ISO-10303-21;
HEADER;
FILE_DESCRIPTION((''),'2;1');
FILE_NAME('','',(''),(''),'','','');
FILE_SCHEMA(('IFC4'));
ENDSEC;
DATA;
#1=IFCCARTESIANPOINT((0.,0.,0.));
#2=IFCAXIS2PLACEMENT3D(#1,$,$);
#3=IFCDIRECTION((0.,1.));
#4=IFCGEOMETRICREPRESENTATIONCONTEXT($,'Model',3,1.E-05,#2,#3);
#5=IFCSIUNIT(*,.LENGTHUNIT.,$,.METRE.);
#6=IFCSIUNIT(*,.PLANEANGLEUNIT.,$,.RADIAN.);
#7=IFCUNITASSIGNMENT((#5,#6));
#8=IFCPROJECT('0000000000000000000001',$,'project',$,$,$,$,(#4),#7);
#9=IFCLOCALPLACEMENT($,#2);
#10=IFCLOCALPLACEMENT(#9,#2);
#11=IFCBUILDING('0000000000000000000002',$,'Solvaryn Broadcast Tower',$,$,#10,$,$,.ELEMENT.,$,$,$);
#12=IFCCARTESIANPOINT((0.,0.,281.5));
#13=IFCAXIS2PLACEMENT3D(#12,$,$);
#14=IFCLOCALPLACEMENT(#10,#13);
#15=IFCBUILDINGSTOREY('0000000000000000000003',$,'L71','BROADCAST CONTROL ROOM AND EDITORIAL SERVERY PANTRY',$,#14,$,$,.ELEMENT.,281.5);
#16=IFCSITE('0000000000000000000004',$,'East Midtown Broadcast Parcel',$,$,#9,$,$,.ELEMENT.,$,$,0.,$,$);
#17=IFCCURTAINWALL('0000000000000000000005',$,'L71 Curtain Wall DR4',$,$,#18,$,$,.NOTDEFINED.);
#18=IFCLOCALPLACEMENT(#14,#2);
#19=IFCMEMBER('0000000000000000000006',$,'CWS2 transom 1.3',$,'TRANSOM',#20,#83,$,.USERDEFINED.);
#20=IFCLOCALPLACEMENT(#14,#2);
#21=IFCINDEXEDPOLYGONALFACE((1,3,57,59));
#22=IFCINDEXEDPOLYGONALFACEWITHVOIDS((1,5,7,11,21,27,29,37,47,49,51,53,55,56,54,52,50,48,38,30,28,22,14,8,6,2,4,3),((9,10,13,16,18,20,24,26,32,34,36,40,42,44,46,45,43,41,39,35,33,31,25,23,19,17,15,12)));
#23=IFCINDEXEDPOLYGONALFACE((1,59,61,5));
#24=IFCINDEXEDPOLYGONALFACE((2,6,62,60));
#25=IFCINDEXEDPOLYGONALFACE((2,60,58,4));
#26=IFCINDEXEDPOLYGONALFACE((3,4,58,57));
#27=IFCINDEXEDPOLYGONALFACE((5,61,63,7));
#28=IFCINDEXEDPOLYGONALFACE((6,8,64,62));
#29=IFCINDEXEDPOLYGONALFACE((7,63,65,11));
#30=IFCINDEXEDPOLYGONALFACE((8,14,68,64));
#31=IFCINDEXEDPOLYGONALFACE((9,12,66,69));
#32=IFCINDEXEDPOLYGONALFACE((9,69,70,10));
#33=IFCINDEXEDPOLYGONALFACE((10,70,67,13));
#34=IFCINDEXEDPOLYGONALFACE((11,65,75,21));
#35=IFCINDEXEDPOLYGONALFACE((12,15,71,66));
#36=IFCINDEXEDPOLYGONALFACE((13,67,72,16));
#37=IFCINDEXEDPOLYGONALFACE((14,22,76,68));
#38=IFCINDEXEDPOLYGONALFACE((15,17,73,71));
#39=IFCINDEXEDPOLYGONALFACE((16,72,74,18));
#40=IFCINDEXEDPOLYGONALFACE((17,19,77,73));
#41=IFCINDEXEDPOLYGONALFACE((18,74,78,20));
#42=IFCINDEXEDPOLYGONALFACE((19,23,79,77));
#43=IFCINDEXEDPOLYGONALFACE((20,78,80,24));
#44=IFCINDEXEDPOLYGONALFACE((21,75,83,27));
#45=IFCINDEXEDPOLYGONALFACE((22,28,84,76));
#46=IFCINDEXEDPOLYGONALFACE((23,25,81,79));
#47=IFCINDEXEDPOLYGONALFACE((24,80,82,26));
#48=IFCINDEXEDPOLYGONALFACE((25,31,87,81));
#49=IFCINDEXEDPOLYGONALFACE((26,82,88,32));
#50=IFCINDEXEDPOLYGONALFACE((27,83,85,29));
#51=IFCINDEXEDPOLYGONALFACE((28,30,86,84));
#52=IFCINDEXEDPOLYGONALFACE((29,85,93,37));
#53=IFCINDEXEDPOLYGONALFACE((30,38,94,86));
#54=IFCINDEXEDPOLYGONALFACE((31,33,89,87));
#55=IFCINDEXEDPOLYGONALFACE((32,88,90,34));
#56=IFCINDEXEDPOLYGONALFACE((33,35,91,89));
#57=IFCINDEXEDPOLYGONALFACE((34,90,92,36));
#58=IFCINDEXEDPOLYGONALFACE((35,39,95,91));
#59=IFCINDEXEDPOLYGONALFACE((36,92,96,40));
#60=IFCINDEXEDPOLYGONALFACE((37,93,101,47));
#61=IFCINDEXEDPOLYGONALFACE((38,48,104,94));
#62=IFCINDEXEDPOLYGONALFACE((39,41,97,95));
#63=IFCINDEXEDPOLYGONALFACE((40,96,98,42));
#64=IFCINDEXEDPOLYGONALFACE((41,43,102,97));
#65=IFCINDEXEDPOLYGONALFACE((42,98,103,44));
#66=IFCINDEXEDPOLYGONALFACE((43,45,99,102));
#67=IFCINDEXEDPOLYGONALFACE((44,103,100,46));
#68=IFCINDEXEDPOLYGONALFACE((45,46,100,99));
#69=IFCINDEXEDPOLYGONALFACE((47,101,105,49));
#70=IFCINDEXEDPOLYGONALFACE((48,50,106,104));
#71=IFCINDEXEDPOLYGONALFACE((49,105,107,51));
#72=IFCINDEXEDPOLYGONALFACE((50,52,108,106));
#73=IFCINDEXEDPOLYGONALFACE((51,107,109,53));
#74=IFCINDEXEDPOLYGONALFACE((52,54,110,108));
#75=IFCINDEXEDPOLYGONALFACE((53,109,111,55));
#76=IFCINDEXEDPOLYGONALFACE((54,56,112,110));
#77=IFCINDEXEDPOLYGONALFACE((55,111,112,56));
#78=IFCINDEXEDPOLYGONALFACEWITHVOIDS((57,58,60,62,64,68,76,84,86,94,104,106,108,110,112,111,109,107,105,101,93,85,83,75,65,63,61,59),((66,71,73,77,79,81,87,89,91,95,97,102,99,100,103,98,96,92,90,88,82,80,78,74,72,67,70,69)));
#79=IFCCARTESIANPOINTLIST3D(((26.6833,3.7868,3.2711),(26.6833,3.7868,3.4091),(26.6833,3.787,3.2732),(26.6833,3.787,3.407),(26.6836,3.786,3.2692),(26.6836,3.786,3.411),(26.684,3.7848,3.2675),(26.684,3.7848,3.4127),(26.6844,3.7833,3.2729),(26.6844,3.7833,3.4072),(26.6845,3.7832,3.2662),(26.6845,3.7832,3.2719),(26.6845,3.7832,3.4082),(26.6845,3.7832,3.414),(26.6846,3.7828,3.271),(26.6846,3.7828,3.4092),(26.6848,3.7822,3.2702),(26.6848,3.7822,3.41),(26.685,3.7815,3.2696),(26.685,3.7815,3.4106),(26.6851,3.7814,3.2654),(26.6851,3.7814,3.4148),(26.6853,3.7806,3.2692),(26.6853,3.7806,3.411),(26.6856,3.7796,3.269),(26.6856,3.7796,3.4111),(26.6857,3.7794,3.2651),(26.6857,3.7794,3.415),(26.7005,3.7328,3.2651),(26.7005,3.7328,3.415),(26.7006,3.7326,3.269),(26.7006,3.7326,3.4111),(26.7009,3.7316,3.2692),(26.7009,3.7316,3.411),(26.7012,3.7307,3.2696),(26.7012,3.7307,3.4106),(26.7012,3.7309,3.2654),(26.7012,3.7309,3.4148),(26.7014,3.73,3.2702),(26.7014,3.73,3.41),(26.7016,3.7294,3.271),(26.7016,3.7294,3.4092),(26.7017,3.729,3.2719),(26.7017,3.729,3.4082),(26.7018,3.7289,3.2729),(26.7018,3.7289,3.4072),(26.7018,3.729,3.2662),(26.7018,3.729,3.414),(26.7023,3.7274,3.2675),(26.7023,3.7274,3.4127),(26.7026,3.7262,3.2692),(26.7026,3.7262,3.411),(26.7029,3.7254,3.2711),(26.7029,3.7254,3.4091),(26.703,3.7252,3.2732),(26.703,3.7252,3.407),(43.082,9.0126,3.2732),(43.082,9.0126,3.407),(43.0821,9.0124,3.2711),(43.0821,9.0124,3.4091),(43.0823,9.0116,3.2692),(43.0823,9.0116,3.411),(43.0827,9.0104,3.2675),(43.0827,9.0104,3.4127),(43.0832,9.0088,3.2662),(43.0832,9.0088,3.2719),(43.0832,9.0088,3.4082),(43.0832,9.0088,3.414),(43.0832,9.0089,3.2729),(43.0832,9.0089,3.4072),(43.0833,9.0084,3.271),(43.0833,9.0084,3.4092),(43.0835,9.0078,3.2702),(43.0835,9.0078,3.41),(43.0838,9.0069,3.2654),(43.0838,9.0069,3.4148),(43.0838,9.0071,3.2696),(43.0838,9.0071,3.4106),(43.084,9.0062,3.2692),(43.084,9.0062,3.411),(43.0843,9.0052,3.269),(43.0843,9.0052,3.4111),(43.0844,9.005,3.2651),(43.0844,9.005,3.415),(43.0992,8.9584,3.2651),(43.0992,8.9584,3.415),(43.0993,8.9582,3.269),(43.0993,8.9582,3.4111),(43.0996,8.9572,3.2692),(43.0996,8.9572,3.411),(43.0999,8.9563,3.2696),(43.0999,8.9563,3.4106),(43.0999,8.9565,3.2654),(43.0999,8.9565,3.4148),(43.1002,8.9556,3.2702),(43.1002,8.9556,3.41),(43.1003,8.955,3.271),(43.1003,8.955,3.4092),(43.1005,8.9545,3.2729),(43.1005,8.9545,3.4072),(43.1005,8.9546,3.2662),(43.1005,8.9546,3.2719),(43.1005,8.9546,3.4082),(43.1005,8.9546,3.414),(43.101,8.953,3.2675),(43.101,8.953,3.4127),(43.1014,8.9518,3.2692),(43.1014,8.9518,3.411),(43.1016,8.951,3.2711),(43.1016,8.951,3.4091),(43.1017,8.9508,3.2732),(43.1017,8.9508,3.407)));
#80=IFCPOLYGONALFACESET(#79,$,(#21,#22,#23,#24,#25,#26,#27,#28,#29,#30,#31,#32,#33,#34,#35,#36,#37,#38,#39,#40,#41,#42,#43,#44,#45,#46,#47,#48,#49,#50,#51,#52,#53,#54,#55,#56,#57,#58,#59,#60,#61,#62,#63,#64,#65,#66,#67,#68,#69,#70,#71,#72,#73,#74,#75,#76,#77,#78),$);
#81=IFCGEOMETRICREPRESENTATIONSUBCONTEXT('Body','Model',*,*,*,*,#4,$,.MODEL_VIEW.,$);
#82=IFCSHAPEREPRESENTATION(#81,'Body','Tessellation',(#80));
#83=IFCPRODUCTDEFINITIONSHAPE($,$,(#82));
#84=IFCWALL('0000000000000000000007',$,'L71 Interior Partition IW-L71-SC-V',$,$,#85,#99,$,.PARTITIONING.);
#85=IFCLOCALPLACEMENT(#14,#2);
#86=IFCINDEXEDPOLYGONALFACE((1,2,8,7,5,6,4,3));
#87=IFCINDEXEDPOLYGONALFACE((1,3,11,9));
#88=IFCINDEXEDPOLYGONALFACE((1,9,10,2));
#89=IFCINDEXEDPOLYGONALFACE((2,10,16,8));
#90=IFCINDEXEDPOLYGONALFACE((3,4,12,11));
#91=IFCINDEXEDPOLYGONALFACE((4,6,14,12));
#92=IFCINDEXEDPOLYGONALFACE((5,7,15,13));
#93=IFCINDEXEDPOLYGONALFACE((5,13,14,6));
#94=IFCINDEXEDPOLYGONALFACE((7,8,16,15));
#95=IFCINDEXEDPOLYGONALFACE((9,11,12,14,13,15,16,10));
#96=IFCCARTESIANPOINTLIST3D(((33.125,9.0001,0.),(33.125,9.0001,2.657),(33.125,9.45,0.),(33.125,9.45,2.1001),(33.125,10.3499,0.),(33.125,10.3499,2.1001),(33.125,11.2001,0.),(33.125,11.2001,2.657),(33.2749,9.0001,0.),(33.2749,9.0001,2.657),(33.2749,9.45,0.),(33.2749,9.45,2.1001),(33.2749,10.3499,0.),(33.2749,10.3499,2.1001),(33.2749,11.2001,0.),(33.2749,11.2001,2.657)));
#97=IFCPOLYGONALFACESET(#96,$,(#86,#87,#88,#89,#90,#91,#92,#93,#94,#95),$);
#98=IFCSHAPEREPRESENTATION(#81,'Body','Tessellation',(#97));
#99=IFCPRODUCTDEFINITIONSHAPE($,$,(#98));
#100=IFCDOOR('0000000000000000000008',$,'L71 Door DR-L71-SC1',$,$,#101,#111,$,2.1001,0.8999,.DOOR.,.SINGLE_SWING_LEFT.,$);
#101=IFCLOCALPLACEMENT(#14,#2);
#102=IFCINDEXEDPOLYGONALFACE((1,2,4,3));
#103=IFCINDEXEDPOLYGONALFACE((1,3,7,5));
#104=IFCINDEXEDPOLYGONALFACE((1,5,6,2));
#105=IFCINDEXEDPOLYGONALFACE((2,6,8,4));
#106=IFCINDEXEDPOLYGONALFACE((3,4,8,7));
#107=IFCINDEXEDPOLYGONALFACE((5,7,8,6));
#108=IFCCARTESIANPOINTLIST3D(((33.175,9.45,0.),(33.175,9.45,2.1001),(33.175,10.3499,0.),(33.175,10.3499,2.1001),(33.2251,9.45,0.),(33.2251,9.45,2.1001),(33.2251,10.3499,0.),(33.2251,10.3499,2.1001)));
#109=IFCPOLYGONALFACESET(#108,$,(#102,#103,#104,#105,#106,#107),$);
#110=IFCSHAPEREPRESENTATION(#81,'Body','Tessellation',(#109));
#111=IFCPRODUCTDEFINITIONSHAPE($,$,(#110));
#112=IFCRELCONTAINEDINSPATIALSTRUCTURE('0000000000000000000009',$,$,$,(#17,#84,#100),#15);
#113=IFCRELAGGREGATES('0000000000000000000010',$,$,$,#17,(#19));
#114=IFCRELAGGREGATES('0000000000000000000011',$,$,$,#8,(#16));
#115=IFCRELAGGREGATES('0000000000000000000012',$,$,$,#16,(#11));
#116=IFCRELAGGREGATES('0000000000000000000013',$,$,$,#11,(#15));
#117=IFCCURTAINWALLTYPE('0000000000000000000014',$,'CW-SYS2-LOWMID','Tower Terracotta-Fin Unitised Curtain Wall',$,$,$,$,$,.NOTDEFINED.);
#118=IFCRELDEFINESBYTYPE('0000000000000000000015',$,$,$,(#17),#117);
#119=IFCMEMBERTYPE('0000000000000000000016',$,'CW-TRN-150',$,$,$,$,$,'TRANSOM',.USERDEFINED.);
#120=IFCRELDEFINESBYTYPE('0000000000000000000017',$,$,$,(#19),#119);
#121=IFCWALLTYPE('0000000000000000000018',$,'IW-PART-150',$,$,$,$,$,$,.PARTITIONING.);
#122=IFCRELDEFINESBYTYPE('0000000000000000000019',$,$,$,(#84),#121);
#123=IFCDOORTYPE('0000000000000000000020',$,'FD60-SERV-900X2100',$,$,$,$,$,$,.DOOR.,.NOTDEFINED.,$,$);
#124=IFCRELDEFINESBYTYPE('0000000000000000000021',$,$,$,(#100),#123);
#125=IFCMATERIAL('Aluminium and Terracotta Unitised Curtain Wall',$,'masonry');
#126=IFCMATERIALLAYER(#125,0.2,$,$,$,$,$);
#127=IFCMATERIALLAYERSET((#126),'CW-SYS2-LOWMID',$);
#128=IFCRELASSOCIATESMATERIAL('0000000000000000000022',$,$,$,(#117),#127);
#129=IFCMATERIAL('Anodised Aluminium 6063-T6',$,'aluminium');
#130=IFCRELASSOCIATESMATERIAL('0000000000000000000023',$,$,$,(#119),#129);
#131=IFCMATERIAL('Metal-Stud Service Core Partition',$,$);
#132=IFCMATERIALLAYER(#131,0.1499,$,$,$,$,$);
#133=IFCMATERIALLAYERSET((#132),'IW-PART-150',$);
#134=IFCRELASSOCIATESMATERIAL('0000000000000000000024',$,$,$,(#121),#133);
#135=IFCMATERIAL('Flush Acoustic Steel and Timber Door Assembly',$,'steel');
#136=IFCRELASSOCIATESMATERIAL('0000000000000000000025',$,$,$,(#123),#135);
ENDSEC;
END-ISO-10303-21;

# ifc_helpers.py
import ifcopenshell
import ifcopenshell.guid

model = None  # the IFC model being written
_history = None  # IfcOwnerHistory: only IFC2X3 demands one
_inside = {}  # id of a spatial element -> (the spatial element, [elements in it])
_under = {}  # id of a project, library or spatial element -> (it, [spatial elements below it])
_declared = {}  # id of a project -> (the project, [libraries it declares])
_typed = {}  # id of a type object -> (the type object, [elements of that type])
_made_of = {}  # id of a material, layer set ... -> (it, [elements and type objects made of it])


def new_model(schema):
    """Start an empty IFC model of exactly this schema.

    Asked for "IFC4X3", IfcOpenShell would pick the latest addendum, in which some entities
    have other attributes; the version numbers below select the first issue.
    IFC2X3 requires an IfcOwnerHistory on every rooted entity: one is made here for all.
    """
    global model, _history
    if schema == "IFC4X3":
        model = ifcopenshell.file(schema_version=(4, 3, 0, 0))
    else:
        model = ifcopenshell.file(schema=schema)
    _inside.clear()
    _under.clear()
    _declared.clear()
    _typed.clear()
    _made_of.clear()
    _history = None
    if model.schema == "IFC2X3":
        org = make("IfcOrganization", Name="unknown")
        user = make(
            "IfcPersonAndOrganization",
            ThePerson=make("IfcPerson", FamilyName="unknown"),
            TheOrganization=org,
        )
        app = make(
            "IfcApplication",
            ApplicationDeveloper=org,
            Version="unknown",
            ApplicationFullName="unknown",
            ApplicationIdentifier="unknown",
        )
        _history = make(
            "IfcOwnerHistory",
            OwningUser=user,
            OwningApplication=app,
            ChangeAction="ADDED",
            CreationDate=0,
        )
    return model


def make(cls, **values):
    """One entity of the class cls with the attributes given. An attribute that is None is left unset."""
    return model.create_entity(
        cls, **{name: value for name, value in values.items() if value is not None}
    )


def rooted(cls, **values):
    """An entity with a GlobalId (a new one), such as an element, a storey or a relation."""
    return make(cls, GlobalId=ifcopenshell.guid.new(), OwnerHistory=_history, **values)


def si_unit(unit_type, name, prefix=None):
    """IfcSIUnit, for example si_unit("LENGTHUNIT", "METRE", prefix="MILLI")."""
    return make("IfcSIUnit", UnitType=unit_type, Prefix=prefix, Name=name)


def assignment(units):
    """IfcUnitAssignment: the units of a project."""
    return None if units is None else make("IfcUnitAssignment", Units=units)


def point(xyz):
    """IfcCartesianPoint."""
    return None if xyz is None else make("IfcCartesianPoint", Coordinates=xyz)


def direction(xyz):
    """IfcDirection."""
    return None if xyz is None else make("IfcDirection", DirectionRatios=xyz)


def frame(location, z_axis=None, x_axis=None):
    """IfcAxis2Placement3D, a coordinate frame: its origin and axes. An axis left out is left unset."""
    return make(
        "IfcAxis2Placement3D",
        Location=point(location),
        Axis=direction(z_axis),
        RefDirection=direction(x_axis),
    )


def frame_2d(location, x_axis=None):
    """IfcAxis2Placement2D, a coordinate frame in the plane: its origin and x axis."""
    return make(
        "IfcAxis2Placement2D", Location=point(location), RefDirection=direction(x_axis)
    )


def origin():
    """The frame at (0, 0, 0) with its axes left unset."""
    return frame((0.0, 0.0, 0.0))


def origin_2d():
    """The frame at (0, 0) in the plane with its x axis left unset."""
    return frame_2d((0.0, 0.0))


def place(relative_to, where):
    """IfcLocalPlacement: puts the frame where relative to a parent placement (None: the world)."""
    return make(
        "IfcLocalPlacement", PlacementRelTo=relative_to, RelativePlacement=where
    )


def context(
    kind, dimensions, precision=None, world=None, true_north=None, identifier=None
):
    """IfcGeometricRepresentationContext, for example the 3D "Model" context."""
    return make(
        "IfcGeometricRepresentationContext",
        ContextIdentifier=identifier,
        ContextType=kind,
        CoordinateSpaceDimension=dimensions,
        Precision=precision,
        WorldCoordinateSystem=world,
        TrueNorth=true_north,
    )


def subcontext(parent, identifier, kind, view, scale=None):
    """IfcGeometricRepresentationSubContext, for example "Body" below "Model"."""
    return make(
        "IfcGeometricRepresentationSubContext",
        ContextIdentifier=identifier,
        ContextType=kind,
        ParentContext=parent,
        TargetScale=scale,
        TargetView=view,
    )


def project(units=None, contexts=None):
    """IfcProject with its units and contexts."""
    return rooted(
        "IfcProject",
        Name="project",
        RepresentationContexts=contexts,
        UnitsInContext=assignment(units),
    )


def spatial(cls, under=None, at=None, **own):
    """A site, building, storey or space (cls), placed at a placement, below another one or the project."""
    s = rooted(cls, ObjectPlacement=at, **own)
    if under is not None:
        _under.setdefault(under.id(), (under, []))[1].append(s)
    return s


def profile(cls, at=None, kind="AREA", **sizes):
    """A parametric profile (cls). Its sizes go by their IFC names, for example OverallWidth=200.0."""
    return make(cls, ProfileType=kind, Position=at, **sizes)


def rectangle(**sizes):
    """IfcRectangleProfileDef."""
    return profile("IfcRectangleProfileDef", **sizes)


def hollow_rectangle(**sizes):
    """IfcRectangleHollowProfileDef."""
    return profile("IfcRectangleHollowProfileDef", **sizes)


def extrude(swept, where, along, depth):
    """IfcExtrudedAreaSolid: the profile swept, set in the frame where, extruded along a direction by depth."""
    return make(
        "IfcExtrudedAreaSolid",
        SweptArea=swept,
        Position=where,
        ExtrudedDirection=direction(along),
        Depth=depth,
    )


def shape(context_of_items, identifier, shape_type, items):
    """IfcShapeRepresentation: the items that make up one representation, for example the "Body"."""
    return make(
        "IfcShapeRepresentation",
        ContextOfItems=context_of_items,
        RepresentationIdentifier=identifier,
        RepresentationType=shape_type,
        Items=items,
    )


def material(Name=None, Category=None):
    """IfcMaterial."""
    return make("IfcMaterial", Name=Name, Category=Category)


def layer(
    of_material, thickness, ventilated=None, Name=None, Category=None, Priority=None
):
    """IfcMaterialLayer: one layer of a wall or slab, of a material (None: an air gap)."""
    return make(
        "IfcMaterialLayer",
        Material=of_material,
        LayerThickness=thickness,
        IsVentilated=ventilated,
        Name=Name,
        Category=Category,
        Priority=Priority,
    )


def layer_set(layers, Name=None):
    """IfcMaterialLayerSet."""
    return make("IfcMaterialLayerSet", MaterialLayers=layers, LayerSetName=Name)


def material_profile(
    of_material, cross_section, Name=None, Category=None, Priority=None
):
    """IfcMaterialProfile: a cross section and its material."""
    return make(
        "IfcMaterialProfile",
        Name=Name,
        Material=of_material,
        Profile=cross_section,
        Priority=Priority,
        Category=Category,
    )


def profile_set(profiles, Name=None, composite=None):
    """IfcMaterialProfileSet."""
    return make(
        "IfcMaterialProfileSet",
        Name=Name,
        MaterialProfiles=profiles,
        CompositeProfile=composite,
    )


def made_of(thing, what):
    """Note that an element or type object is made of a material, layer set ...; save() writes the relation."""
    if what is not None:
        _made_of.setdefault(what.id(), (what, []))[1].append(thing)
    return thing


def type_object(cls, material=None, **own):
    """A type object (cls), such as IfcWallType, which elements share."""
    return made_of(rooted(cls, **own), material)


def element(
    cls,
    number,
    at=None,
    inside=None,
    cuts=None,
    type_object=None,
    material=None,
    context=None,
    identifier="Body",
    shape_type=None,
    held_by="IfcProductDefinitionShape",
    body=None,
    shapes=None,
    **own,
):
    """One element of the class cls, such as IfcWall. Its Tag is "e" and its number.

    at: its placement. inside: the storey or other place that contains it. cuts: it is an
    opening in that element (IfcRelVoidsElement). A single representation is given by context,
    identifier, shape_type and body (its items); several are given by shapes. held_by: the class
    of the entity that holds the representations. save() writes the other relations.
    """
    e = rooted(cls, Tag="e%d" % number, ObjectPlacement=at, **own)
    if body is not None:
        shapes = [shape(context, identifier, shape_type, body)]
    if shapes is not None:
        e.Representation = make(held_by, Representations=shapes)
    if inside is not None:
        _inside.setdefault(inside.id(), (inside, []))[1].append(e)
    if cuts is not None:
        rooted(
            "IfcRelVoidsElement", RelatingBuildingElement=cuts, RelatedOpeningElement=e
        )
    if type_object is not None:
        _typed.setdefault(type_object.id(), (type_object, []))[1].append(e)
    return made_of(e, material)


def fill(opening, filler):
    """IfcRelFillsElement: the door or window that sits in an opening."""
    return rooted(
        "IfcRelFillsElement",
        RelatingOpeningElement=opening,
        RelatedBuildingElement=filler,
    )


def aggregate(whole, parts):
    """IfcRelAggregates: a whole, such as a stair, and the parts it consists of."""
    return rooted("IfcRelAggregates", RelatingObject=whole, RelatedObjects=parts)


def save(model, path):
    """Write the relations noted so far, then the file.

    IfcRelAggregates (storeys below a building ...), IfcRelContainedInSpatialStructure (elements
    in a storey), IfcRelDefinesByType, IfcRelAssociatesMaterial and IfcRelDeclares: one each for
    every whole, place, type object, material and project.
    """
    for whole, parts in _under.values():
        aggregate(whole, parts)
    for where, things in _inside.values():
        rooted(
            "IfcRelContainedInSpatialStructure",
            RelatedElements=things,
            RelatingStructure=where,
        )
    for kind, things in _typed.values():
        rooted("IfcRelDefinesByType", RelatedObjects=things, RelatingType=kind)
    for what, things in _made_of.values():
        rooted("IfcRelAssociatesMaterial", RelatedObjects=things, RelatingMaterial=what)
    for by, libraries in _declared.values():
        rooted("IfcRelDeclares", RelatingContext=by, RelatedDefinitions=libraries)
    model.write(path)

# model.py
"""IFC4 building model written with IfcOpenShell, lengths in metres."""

from ifc_helpers import new_model, si_unit, direction, frame, frame_2d, origin, origin_2d, place, context, subcontext, project, spatial, rectangle, hollow_rectangle, extrude, material, layer, layer_set, material_profile, profile_set, type_object, element, fill, aggregate, save


model = new_model("IFC4")

# Units and contexts
model_context = context("Model", 3, precision=1e-05, world=origin(), true_north=direction((0.0, 1.0)))
body_context = subcontext(model_context, "Body", "Model", "MODEL_VIEW")
ifc_project = project(units=[si_unit("LENGTHUNIT", "METRE"), si_unit("PLANEANGLEUNIT", "RADIAN")], contexts=[model_context])

# Site, building, storey
site_placement = place(None, origin())
site = spatial("IfcSite", under=ifc_project, at=site_placement, Name="East Midtown Broadcast Parcel", CompositionType="ELEMENT", RefElevation=0.0)
building_placement = place(site_placement, origin())
building = spatial("IfcBuilding", under=site, at=building_placement, Name="Solvaryn Broadcast Tower", CompositionType="ELEMENT")
storey_placement = place(building_placement, frame((0.0, 0.0, 281.5)))
storey = spatial("IfcBuildingStorey", under=building, at=storey_placement, Name="L71", Description="BROADCAST CONTROL ROOM AND EDITORIAL SERVERY PANTRY", CompositionType="ELEMENT", Elevation=281.5)

# Shared definitions
ifc_material_1 = material(Name="Aluminium and Terracotta Unitised Curtain Wall", Category="masonry")
ifc_layer_1 = layer(ifc_material_1, 0.2)
ifc_layer_set_1 = layer_set([ifc_layer_1], Name="CW-SYS2-LOWMID")
curtain_wall_type = type_object("IfcCurtainWallType", Name="CW-SYS2-LOWMID", Description="Tower Terracotta-Fin Unitised Curtain Wall", PredefinedType="NOTDEFINED", material=ifc_layer_set_1)

# Curtain wall, member
curtain_wall_1_placement = place(storey_placement, origin())
curtain_wall_1 = element("IfcCurtainWall", 1, at=curtain_wall_1_placement, inside=storey, type_object=curtain_wall_type, Name="L71 Curtain Wall DR4", PredefinedType="NOTDEFINED")
ifc_material_2 = material(Name="Anodised Aluminium 6063-T6", Category="aluminium")
ifc_material_profile_1 = material_profile(ifc_material_2, hollow_rectangle(XDim=0.0649, YDim=0.1499, WallThickness=0.0039, InnerFilletRadius=0.0039, OuterFilletRadius=0.0081, at=origin_2d()))
ifc_profile_set_1 = profile_set([ifc_material_profile_1], Name="Anodised Aluminium 6063-T6")
member_type_1 = type_object("IfcMemberType", Name="CW-TRN-150", ElementType="TRANSOM", PredefinedType="USERDEFINED", material=ifc_profile_set_1)
member_1_placement = place(storey_placement, frame((26.6931, 3.7561, 3.3401), z_axis=(0.952794, 0.303616, 0.0), x_axis=(-0.303616, 0.952794, 0.0)))
member_1 = element("IfcMember", 2, at=member_1_placement, type_object=member_type_1, Name="CWS2 transom 1.3", ObjectType="TRANSOM", PredefinedType="USERDEFINED", context=body_context, shape_type="SweptSolid", body=[
    extrude(hollow_rectangle(XDim=0.0649, YDim=0.1499, WallThickness=0.0039, InnerFilletRadius=0.0039, OuterFilletRadius=0.0081, at=origin_2d()), origin(), (0.0, 0.0, 1.0), 17.2112),
])
aggregate(curtain_wall_1, [member_1])

# Wall, opening, door
ifc_material_3 = material(Name="Metal-Stud Service Core Partition")
ifc_layer_2 = layer(ifc_material_3, 0.1499)
ifc_layer_set_2 = layer_set([ifc_layer_2], Name="IW-PART-150")
wall_type_1 = type_object("IfcWallType", Name="IW-PART-150", PredefinedType="PARTITIONING", material=ifc_layer_set_2)
wall_1_placement = place(storey_placement, frame((33.2, 9.0, 0.0), z_axis=(0.0, 0.0, 1.0), x_axis=(0.0, 1.0, 0.0)))
wall_1 = element("IfcWall", 3, at=wall_1_placement, inside=storey, type_object=wall_type_1, Name="L71 Interior Partition IW-L71-SC-V", PredefinedType="PARTITIONING", context=body_context, shape_type="SweptSolid", body=[
    extrude(rectangle(XDim=2.2, YDim=0.1499, at=frame_2d((1.1001, 0.0))), origin(), (0.0, 0.0, 1.0), 2.657),
])
opening_1_placement = place(wall_1_placement, frame((0.45, 0.0, 0.0)))
opening_1 = element("IfcOpeningElement", 4, at=opening_1_placement, cuts=wall_1, PredefinedType="OPENING", context=body_context, shape_type="SweptSolid", body=[
    extrude(rectangle(XDim=0.8999, YDim=2.1001, at=frame_2d((0.45, 1.05))), frame((0.0, 0.085, 0.0), z_axis=(0.0, -1.0, 0.0), x_axis=(1.0, 0.0, 0.0)), (0.0, 0.0, 1.0), 0.1699),
])
ifc_material_4 = material(Name="Flush Acoustic Steel and Timber Door Assembly", Category="steel")
door_type_1 = type_object("IfcDoorType", Name="FD60-SERV-900X2100", OperationType="NOTDEFINED", PredefinedType="DOOR", material=ifc_material_4)
door_1_placement = place(opening_1_placement, origin())
door_1 = element("IfcDoor", 5, at=door_1_placement, inside=storey, type_object=door_type_1, Name="L71 Door DR-L71-SC1", OperationType="SINGLE_SWING_LEFT", OverallHeight=2.1001, OverallWidth=0.8999, PredefinedType="DOOR", context=body_context, shape_type="SweptSolid", body=[
    extrude(rectangle(XDim=0.8999, YDim=2.1001, at=frame_2d((0.45, 1.05))), frame((0.0, 0.0249, 0.0), z_axis=(0.0, -1.0, 0.0), x_axis=(1.0, 0.0, 0.0)), (0.0, 0.0, 1.0), 0.05),
])
fill(opening_1, door_1)

save(model, "model.ifc")
